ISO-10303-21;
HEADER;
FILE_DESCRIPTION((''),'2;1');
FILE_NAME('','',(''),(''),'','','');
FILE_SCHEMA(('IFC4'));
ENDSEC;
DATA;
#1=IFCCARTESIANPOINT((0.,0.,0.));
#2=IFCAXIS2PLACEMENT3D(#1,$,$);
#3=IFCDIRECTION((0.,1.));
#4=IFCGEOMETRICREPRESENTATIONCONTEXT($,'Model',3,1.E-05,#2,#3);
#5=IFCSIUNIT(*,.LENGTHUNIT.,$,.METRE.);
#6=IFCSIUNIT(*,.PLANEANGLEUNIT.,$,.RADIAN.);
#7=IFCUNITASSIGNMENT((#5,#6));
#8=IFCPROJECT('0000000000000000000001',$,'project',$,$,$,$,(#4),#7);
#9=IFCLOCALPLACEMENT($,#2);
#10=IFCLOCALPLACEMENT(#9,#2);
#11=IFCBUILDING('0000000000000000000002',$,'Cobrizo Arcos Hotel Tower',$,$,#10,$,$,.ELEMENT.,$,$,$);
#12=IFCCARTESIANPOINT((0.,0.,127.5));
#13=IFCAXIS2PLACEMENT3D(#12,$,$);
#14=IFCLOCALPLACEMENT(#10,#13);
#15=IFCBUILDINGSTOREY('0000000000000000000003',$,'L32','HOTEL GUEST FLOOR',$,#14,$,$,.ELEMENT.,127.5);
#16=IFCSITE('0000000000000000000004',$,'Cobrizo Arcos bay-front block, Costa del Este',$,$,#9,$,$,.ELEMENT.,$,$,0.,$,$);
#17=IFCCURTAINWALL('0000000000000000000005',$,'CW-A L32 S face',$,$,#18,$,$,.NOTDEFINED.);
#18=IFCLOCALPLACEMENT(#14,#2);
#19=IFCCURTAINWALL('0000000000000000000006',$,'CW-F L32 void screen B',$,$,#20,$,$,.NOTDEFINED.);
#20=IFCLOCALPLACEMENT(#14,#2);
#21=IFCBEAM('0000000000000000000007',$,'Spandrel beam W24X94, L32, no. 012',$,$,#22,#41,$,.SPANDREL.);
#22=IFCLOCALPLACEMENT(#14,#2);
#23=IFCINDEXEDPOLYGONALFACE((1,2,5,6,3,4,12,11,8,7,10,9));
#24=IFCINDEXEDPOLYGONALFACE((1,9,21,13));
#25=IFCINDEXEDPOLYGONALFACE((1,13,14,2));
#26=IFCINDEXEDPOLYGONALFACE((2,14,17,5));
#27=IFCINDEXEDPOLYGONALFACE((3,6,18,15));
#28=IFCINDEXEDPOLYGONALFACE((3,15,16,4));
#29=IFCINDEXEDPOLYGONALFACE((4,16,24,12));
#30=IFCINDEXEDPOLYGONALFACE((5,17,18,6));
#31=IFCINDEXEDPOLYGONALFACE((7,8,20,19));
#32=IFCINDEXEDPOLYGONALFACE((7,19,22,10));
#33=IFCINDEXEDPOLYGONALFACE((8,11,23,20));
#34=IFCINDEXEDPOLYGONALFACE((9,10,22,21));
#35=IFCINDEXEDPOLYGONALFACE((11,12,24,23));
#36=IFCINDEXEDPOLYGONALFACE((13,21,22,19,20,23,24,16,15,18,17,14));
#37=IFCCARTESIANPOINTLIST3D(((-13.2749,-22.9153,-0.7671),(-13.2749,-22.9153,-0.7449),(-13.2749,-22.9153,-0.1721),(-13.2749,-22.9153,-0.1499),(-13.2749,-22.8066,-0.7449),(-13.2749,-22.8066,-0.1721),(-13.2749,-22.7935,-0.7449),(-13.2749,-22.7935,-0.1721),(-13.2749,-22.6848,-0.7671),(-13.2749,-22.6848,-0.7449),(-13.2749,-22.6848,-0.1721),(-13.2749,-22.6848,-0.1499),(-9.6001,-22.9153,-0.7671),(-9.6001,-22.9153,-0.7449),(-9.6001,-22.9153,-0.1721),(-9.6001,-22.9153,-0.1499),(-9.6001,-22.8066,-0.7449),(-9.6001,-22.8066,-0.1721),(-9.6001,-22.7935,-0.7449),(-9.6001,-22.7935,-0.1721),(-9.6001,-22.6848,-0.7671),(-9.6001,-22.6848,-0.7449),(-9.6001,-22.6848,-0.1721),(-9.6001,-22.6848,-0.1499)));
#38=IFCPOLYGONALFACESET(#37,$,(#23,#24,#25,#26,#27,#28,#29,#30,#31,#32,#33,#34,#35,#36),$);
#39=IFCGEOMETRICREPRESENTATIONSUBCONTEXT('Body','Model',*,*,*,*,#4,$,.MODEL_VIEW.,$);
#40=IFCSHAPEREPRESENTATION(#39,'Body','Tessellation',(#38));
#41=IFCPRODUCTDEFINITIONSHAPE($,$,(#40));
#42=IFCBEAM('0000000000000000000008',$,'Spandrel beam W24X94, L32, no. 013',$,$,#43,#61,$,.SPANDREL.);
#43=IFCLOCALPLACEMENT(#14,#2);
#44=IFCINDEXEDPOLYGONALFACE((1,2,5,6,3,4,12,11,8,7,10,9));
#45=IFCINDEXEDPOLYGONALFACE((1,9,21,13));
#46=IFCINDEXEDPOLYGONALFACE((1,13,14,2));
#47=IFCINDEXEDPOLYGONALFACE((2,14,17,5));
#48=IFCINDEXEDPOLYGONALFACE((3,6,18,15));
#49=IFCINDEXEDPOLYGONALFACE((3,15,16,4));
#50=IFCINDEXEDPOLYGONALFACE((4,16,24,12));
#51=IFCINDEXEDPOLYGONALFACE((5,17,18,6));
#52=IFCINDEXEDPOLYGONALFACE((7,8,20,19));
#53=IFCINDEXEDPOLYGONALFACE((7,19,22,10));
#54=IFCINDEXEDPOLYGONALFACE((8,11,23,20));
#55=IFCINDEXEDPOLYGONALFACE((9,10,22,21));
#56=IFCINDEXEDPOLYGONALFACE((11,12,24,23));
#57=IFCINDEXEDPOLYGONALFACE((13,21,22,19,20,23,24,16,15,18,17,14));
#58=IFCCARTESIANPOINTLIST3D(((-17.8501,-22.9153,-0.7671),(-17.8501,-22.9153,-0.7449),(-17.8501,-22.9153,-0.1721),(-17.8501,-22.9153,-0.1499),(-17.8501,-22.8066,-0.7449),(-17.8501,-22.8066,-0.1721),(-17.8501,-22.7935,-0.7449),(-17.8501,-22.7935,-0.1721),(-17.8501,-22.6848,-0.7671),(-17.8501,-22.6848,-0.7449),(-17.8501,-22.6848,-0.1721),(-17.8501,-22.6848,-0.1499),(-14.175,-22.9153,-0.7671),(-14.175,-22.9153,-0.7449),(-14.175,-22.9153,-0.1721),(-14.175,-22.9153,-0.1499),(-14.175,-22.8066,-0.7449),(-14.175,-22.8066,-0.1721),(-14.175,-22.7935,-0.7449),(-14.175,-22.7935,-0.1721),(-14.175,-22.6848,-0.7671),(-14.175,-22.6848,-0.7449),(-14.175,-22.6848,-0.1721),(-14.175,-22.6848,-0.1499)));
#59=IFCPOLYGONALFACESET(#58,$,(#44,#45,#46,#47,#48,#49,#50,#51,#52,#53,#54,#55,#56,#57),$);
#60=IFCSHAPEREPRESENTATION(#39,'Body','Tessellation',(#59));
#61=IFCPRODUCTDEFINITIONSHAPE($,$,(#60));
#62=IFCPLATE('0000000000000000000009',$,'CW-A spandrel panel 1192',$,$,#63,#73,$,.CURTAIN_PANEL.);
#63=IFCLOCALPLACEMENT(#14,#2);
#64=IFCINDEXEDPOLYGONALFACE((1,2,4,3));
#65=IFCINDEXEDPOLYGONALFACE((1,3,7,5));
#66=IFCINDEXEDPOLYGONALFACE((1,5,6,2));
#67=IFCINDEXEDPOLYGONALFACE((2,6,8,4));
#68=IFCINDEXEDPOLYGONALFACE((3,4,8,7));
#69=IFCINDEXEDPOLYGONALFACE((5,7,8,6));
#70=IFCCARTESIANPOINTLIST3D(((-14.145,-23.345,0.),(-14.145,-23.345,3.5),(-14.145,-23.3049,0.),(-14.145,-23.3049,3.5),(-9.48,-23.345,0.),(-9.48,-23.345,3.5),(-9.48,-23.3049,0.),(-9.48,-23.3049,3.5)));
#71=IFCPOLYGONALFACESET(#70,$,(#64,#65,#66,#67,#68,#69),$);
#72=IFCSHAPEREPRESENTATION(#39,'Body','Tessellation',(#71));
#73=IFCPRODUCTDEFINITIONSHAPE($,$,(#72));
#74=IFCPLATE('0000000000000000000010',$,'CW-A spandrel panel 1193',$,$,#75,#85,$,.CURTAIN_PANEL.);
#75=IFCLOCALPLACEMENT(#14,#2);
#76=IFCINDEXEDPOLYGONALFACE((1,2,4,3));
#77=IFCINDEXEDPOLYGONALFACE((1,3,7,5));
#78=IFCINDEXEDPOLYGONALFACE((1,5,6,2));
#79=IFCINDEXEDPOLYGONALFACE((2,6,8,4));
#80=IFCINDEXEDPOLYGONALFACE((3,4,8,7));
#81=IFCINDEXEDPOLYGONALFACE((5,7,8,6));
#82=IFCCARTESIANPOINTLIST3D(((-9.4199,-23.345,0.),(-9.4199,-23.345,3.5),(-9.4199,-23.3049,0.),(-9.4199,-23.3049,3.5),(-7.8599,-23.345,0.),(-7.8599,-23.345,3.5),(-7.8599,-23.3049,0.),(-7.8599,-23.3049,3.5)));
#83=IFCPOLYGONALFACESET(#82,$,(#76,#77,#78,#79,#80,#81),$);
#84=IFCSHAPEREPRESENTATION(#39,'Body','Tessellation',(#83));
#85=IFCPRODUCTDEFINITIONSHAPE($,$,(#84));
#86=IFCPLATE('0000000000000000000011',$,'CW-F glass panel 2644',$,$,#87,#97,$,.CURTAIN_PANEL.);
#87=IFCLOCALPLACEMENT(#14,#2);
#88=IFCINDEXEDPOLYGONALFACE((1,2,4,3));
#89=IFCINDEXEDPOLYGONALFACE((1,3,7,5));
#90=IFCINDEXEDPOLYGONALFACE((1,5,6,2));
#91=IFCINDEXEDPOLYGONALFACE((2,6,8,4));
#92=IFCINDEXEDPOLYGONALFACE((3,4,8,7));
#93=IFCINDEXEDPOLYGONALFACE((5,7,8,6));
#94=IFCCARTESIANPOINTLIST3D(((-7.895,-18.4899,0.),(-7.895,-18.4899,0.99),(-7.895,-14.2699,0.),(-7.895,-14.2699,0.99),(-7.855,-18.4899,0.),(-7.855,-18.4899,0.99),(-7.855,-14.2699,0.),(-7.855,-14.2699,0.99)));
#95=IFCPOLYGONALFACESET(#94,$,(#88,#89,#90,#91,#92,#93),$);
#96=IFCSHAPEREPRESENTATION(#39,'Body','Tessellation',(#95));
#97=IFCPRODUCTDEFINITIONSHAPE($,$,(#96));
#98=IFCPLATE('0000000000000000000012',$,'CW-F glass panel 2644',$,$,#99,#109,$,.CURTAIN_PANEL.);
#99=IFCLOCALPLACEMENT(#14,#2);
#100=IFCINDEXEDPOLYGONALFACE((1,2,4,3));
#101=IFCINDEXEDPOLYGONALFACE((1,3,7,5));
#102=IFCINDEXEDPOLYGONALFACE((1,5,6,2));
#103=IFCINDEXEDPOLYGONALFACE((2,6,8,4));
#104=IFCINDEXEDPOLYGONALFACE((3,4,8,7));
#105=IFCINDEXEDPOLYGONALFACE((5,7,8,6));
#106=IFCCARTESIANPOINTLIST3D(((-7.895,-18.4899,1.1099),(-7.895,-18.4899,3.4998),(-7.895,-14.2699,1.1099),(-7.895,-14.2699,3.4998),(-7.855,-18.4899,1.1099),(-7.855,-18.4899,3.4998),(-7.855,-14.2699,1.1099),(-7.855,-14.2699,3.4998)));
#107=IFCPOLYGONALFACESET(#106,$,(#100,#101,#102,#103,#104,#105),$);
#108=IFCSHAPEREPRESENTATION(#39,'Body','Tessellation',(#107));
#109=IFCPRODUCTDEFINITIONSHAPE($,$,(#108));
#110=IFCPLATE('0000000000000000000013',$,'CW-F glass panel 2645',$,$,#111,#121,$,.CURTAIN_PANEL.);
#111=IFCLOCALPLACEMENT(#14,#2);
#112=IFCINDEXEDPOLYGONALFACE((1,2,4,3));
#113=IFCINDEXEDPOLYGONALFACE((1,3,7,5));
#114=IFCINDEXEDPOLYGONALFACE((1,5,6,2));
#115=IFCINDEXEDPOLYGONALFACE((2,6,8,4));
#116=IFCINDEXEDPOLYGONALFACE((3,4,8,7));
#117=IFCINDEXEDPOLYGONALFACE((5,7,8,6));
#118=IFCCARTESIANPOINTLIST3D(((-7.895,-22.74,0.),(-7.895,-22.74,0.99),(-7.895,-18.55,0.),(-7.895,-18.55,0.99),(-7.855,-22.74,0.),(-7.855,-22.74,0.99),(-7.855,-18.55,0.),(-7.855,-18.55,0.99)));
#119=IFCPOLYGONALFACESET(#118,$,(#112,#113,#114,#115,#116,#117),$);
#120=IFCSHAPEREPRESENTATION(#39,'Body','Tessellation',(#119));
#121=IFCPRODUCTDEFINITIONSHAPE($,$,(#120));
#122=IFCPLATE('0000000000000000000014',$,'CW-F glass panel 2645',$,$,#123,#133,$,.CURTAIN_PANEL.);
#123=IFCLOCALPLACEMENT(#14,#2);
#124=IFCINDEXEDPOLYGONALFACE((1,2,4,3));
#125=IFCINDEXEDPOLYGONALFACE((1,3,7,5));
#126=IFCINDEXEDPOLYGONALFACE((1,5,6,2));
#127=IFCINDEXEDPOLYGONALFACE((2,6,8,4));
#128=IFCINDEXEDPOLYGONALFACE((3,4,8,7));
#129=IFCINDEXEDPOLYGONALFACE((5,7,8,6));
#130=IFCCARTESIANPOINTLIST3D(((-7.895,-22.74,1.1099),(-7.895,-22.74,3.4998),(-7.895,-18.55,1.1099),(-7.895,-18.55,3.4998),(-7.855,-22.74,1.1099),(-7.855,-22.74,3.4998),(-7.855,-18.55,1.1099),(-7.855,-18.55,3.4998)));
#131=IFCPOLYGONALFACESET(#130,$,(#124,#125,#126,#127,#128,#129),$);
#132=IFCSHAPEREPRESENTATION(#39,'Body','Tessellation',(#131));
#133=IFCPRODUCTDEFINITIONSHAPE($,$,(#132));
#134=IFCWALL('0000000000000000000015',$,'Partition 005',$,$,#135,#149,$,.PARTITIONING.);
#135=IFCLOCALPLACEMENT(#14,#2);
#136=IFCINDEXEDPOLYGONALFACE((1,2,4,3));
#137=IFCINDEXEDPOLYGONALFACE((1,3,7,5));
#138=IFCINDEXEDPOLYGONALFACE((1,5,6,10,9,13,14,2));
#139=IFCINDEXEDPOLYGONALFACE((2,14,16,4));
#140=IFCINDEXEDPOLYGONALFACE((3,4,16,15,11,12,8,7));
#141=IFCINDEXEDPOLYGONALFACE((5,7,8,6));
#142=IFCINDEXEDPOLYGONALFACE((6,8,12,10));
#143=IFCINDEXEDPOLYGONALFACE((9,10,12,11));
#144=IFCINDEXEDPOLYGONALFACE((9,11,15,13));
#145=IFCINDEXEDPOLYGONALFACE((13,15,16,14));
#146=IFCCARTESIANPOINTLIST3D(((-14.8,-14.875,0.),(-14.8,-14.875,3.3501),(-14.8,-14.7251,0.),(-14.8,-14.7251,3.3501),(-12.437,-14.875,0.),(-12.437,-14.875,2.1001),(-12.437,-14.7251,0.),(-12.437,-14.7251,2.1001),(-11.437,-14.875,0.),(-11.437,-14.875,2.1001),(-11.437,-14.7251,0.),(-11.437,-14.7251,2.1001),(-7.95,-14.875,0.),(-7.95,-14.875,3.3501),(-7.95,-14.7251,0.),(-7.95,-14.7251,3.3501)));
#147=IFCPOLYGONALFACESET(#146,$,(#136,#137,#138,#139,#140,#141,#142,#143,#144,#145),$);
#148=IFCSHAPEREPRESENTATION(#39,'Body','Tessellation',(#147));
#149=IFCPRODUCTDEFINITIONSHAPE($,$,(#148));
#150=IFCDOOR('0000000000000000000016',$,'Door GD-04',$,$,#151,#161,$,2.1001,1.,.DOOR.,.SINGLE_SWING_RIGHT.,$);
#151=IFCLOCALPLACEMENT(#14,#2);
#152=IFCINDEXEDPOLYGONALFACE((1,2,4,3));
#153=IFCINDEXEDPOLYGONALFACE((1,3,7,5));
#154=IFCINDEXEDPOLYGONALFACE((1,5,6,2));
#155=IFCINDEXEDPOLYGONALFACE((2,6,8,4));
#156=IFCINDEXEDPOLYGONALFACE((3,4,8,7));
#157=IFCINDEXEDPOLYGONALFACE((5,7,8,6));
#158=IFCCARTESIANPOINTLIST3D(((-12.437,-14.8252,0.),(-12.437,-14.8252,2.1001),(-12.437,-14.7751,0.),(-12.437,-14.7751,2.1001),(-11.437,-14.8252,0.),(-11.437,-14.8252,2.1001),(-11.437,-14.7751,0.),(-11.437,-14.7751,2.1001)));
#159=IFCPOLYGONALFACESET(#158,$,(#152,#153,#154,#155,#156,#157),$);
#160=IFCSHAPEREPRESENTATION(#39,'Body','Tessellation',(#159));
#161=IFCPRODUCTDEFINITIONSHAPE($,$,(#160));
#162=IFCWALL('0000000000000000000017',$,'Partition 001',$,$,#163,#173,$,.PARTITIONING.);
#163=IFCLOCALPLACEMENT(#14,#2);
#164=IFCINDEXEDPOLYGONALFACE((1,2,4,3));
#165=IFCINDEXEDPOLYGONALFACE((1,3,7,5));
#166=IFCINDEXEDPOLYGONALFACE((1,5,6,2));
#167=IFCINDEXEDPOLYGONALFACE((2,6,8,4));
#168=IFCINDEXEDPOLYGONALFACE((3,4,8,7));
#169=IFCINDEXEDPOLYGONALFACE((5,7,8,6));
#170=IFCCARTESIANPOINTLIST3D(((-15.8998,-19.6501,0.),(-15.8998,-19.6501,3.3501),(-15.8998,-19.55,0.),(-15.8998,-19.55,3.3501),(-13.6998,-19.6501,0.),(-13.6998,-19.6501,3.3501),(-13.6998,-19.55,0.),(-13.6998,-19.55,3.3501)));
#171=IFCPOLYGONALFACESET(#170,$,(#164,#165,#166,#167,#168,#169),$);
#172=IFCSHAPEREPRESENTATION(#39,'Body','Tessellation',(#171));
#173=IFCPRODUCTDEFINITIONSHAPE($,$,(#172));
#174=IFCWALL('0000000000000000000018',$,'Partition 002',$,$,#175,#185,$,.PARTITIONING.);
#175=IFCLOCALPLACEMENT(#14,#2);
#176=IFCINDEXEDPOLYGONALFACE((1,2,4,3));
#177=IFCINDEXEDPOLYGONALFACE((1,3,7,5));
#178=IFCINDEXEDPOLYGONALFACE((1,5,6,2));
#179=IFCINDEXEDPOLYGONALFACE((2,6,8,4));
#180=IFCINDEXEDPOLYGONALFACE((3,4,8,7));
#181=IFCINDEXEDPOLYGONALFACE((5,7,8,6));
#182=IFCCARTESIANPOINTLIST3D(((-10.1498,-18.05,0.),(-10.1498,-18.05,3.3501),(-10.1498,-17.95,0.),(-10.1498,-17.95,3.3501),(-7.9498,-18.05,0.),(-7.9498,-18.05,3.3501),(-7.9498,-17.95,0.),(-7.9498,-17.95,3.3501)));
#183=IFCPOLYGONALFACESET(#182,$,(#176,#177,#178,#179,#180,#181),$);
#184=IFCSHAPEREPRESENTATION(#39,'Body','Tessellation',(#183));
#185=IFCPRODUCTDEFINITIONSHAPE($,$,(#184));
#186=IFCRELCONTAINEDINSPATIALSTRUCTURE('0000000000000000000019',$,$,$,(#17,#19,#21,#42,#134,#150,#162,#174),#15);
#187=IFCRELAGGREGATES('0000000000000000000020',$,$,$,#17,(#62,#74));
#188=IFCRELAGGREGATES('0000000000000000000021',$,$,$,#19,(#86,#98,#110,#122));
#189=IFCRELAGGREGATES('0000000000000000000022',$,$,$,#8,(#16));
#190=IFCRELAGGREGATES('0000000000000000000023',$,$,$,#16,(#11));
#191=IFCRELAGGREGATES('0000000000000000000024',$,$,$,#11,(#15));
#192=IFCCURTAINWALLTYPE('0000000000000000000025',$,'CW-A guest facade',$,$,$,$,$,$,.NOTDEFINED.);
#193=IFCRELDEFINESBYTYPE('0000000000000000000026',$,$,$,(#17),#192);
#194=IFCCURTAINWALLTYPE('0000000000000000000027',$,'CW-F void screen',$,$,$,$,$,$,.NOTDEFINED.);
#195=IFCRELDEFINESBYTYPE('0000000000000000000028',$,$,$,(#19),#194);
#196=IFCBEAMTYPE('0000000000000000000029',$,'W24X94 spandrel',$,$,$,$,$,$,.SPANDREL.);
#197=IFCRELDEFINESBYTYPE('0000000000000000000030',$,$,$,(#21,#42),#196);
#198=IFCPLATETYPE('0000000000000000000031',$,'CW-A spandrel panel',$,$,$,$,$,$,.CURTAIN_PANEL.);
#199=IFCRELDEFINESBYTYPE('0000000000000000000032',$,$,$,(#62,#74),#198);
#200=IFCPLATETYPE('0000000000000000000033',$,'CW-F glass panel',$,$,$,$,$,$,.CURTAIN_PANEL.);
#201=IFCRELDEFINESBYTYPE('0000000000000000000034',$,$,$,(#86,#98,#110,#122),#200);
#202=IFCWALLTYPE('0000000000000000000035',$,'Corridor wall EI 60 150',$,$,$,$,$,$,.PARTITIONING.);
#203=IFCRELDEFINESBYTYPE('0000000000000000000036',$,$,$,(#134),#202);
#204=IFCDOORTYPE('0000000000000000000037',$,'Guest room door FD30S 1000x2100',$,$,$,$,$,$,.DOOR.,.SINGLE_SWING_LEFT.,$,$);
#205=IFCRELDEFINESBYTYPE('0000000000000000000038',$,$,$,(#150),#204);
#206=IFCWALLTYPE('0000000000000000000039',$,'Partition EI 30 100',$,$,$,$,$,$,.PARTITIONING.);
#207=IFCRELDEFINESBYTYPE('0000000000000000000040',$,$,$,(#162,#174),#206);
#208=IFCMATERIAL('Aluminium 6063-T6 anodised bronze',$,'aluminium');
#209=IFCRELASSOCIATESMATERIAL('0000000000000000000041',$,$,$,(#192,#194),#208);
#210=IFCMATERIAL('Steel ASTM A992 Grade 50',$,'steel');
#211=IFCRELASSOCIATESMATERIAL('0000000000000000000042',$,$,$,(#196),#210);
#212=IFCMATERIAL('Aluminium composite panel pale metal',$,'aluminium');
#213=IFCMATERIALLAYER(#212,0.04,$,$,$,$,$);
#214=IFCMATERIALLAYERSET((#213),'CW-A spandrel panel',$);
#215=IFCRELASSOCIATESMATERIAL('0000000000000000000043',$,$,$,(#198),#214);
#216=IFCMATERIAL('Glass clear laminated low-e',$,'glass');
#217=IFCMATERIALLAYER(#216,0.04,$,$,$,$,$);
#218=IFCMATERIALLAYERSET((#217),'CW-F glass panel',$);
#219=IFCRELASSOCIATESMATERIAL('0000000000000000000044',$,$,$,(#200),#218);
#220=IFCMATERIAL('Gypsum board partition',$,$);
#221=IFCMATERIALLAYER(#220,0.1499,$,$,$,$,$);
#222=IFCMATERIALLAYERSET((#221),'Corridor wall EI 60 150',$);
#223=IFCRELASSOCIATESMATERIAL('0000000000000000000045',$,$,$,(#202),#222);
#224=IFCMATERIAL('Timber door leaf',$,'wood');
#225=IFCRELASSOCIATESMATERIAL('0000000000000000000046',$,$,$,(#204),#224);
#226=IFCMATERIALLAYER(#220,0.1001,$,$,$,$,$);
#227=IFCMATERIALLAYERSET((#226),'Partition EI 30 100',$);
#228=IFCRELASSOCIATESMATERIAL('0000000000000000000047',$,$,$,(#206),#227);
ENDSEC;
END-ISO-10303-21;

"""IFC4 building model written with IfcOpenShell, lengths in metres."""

from ifc_helpers import new_model, si_unit, direction, frame, frame_2d, origin, origin_2d, place, context, subcontext, project, spatial, rectangle, i_section, extrude, material, layer, layer_set, material_profile, profile_set, type_object, element, fill, aggregate, save


model = new_model("IFC4")

# Units and contexts
model_context = context("Model", 3, precision=1e-05, world=origin(), true_north=direction((0.0, 1.0)))
body_context = subcontext(model_context, "Body", "Model", "MODEL_VIEW")
ifc_project = project(units=[si_unit("LENGTHUNIT", "METRE"), si_unit("PLANEANGLEUNIT", "RADIAN")], contexts=[model_context])

# Site, building, storey
site_placement = place(None, origin())
site = spatial("IfcSite", under=ifc_project, at=site_placement, Name="Cobrizo Arcos bay-front block, Costa del Este", CompositionType="ELEMENT", RefElevation=0.0)
building_placement = place(site_placement, origin())
building = spatial("IfcBuilding", under=site, at=building_placement, Name="Cobrizo Arcos Hotel Tower", CompositionType="ELEMENT")
storey_placement = place(building_placement, frame((0.0, 0.0, 127.5)))
storey = spatial("IfcBuildingStorey", under=building, at=storey_placement, Name="L32", Description="HOTEL GUEST FLOOR", CompositionType="ELEMENT", Elevation=127.5)

# Curtain walls
ifc_material_1 = material(Name="Aluminium 6063-T6 anodised bronze", Category="aluminium")
curtain_wall_type_1 = type_object("IfcCurtainWallType", Name="CW-A guest facade", PredefinedType="NOTDEFINED", material=ifc_material_1)
curtain_wall_1_placement = place(storey_placement, origin())
curtain_wall_1 = element("IfcCurtainWall", 1, at=curtain_wall_1_placement, inside=storey, type_object=curtain_wall_type_1, Name="CW-A L32 S face", PredefinedType="NOTDEFINED")
curtain_wall_type_2 = type_object("IfcCurtainWallType", Name="CW-F void screen", PredefinedType="NOTDEFINED", material=ifc_material_1)
curtain_wall_2_placement = place(storey_placement, origin())
curtain_wall_2 = element("IfcCurtainWall", 2, at=curtain_wall_2_placement, inside=storey, type_object=curtain_wall_type_2, Name="CW-F L32 void screen B", PredefinedType="NOTDEFINED")

# Beams
ifc_material_2 = material(Name="Steel ASTM A992 Grade 50", Category="steel")
ifc_material_profile_1 = material_profile(ifc_material_2, i_section(OverallWidth=0.2305, OverallDepth=0.6172, WebThickness=0.0132, FlangeThickness=0.0222, at=origin_2d()), Name="W24X94")
ifc_profile_set_1 = profile_set([ifc_material_profile_1], Name="Steel ASTM A992 Grade 50")
beam_type_1 = type_object("IfcBeamType", Name="W24X94 spandrel", PredefinedType="SPANDREL", material=ifc_profile_set_1)
beam_1_placement = place(storey_placement, frame((-9.6001, -22.8, -0.4585), z_axis=(-1.0, 0.0, 0.0), x_axis=(0.0, -1.0, 0.0)))
element("IfcBeam", 3, at=beam_1_placement, inside=storey, type_object=beam_type_1, Name="Spandrel beam W24X94, L32, no. 012", PredefinedType="SPANDREL", context=body_context, shape_type="SweptSolid", body=[
    extrude(i_section(OverallWidth=0.2305, OverallDepth=0.6172, WebThickness=0.0132, FlangeThickness=0.0222, at=origin_2d()), origin(), (0.0, 0.0, 1.0), 3.6748),
])
beam_2_placement = place(storey_placement, frame((-14.175, -22.8, -0.4585), z_axis=(-1.0, 0.0, 0.0), x_axis=(0.0, -1.0, 0.0)))
element("IfcBeam", 4, at=beam_2_placement, inside=storey, type_object=beam_type_1, Name="Spandrel beam W24X94, L32, no. 013", PredefinedType="SPANDREL", context=body_context, shape_type="SweptSolid", body=[
    extrude(i_section(OverallWidth=0.2305, OverallDepth=0.6172, WebThickness=0.0132, FlangeThickness=0.0222, at=origin_2d()), origin(), (0.0, 0.0, 1.0), 3.675),
])

# Plates
ifc_material_3 = material(Name="Aluminium composite panel pale metal", Category="aluminium")
ifc_layer_1 = layer(ifc_material_3, 0.04)
ifc_layer_set_1 = layer_set([ifc_layer_1], Name="CW-A spandrel panel")
plate_type_1 = type_object("IfcPlateType", Name="CW-A spandrel panel", PredefinedType="CURTAIN_PANEL", material=ifc_layer_set_1)
plate_1_placement = place(storey_placement, frame((-11.8125, -23.325, 0.0), z_axis=(0.0, 0.0, 1.0), x_axis=(1.0, 0.0, 0.0)))
plate_1 = element("IfcPlate", 5, at=plate_1_placement, type_object=plate_type_1, Name="CW-A spandrel panel 1192", PredefinedType="CURTAIN_PANEL", context=body_context, shape_type="SweptSolid", body=[
    extrude(rectangle(XDim=4.665, YDim=0.04, at=origin_2d()), origin(), (0.0, 0.0, 1.0), 3.5),
])
plate_2_placement = place(storey_placement, frame((-8.6399, -23.325, 0.0), z_axis=(0.0, 0.0, 1.0), x_axis=(1.0, 0.0, 0.0)))
plate_2 = element("IfcPlate", 6, at=plate_2_placement, type_object=plate_type_1, Name="CW-A spandrel panel 1193", PredefinedType="CURTAIN_PANEL", context=body_context, shape_type="SweptSolid", body=[
    extrude(rectangle(XDim=1.5601, YDim=0.04, at=origin_2d()), origin(), (0.0, 0.0, 1.0), 3.5),
])
aggregate(curtain_wall_1, [plate_1, plate_2])
ifc_material_4 = material(Name="Glass clear laminated low-e", Category="glass")
ifc_layer_2 = layer(ifc_material_4, 0.04)
ifc_layer_set_2 = layer_set([ifc_layer_2], Name="CW-F glass panel")
plate_type_2 = type_object("IfcPlateType", Name="CW-F glass panel", PredefinedType="CURTAIN_PANEL", material=ifc_layer_set_2)
plate_3_placement = place(storey_placement, frame((-7.875, -16.3799, 0.0), z_axis=(0.0, 0.0, 1.0), x_axis=(0.0, -1.0, 0.0)))
plate_3 = element("IfcPlate", 7, at=plate_3_placement, type_object=plate_type_2, Name="CW-F glass panel 2644", PredefinedType="CURTAIN_PANEL", context=body_context, shape_type="SweptSolid", body=[
    extrude(rectangle(XDim=4.22, YDim=0.04, at=origin_2d()), origin(), (0.0, 0.0, 1.0), 0.99),
])
plate_4_placement = place(storey_placement, frame((-7.875, -16.3799, 1.1099), z_axis=(0.0, 0.0, 1.0), x_axis=(0.0, -1.0, 0.0)))
plate_4 = element("IfcPlate", 8, at=plate_4_placement, type_object=plate_type_2, Name="CW-F glass panel 2644", PredefinedType="CURTAIN_PANEL", context=body_context, shape_type="SweptSolid", body=[
    extrude(rectangle(XDim=4.22, YDim=0.04, at=origin_2d()), origin(), (0.0, 0.0, 1.0), 2.3899),
])
plate_5_placement = place(storey_placement, frame((-7.875, -20.645, 0.0), z_axis=(0.0, 0.0, 1.0), x_axis=(0.0, -1.0, 0.0)))
plate_5 = element("IfcPlate", 9, at=plate_5_placement, type_object=plate_type_2, Name="CW-F glass panel 2645", PredefinedType="CURTAIN_PANEL", context=body_context, shape_type="SweptSolid", body=[
    extrude(rectangle(XDim=4.1899, YDim=0.04, at=origin_2d()), origin(), (0.0, 0.0, 1.0), 0.99),
])
plate_6_placement = place(storey_placement, frame((-7.875, -20.645, 1.1099), z_axis=(0.0, 0.0, 1.0), x_axis=(0.0, -1.0, 0.0)))
plate_6 = element("IfcPlate", 10, at=plate_6_placement, type_object=plate_type_2, Name="CW-F glass panel 2645", PredefinedType="CURTAIN_PANEL", context=body_context, shape_type="SweptSolid", body=[
    extrude(rectangle(XDim=4.1899, YDim=0.04, at=origin_2d()), origin(), (0.0, 0.0, 1.0), 2.3899),
])
aggregate(curtain_wall_2, [plate_3, plate_4, plate_5, plate_6])

# Wall, opening, door
ifc_material_5 = material(Name="Gypsum board partition")
ifc_layer_3 = layer(ifc_material_5, 0.1499)
ifc_layer_set_3 = layer_set([ifc_layer_3], Name="Corridor wall EI 60 150")
wall_type_1 = type_object("IfcWallType", Name="Corridor wall EI 60 150", PredefinedType="PARTITIONING", material=ifc_layer_set_3)
wall_1_placement = place(storey_placement, frame((-14.8, -14.8, 0.0), z_axis=(0.0, 0.0, 1.0), x_axis=(1.0, 0.0, 0.0)))
wall_1 = element("IfcWall", 11, at=wall_1_placement, inside=storey, type_object=wall_type_1, Name="Partition 005", PredefinedType="PARTITIONING", context=body_context, shape_type="SweptSolid", body=[
    extrude(rectangle(XDim=6.8501, YDim=0.1499, at=frame_2d((3.425, 0.0))), origin(), (0.0, 0.0, 1.0), 3.3501),
])
opening_1_placement = place(wall_1_placement, frame((2.363, 0.0, 0.0)))
opening_1 = element("IfcOpeningElement", 12, at=opening_1_placement, cuts=wall_1, PredefinedType="OPENING", context=body_context, shape_type="SweptSolid", body=[
    extrude(rectangle(XDim=1.0, YDim=2.1001, at=frame_2d((0.5, 1.05))), frame((0.0, 0.0869, 0.0), z_axis=(0.0, -1.0, 0.0), x_axis=(1.0, 0.0, 0.0)), (0.0, 0.0, 1.0), 0.1738),
])
ifc_material_6 = material(Name="Timber door leaf", Category="wood")
door_type_1 = type_object("IfcDoorType", Name="Guest room door FD30S 1000x2100", OperationType="SINGLE_SWING_LEFT", PredefinedType="DOOR", material=ifc_material_6)
door_1_placement = place(opening_1_placement, origin())
door_1 = element("IfcDoor", 13, at=door_1_placement, inside=storey, type_object=door_type_1, Name="Door GD-04", OperationType="SINGLE_SWING_RIGHT", OverallHeight=2.1001, OverallWidth=1.0, PredefinedType="DOOR", context=body_context, shape_type="SweptSolid", body=[
    extrude(rectangle(XDim=1.0, YDim=2.1001, at=frame_2d((0.5, 1.05))), frame((0.0, 0.0249, 0.0), z_axis=(0.0, -1.0, 0.0), x_axis=(1.0, 0.0, 0.0)), (0.0, 0.0, 1.0), 0.05),
])
fill(opening_1, door_1)

# Walls
ifc_layer_4 = layer(ifc_material_5, 0.1001)
ifc_layer_set_4 = layer_set([ifc_layer_4], Name="Partition EI 30 100")
wall_type_2 = type_object("IfcWallType", Name="Partition EI 30 100", PredefinedType="PARTITIONING", material=ifc_layer_set_4)
for number, where, z_axis, x_axis, name in (
    (14, (-15.8999, -19.6001, 0.0), (0.0, 0.0, 1.0), (1.0, 0.0, 0.0), "Partition 001"),
    (15, (-10.1499, -18.0, 0.0), (0.0, 0.0, 1.0), (1.0, 0.0, 0.0), "Partition 002"),
):
    element("IfcWall", number, at=place(storey_placement, frame(where, z_axis=z_axis, x_axis=x_axis)), inside=storey, type_object=wall_type_2, Name=name, PredefinedType="PARTITIONING", context=body_context, shape_type="SweptSolid", body=[
        extrude(rectangle(XDim=2.2, YDim=0.1001, at=frame_2d((1.1001, 0.0))), origin(), (0.0, 0.0, 1.0), 3.3501),
    ])

save(model, "model.ifc")
